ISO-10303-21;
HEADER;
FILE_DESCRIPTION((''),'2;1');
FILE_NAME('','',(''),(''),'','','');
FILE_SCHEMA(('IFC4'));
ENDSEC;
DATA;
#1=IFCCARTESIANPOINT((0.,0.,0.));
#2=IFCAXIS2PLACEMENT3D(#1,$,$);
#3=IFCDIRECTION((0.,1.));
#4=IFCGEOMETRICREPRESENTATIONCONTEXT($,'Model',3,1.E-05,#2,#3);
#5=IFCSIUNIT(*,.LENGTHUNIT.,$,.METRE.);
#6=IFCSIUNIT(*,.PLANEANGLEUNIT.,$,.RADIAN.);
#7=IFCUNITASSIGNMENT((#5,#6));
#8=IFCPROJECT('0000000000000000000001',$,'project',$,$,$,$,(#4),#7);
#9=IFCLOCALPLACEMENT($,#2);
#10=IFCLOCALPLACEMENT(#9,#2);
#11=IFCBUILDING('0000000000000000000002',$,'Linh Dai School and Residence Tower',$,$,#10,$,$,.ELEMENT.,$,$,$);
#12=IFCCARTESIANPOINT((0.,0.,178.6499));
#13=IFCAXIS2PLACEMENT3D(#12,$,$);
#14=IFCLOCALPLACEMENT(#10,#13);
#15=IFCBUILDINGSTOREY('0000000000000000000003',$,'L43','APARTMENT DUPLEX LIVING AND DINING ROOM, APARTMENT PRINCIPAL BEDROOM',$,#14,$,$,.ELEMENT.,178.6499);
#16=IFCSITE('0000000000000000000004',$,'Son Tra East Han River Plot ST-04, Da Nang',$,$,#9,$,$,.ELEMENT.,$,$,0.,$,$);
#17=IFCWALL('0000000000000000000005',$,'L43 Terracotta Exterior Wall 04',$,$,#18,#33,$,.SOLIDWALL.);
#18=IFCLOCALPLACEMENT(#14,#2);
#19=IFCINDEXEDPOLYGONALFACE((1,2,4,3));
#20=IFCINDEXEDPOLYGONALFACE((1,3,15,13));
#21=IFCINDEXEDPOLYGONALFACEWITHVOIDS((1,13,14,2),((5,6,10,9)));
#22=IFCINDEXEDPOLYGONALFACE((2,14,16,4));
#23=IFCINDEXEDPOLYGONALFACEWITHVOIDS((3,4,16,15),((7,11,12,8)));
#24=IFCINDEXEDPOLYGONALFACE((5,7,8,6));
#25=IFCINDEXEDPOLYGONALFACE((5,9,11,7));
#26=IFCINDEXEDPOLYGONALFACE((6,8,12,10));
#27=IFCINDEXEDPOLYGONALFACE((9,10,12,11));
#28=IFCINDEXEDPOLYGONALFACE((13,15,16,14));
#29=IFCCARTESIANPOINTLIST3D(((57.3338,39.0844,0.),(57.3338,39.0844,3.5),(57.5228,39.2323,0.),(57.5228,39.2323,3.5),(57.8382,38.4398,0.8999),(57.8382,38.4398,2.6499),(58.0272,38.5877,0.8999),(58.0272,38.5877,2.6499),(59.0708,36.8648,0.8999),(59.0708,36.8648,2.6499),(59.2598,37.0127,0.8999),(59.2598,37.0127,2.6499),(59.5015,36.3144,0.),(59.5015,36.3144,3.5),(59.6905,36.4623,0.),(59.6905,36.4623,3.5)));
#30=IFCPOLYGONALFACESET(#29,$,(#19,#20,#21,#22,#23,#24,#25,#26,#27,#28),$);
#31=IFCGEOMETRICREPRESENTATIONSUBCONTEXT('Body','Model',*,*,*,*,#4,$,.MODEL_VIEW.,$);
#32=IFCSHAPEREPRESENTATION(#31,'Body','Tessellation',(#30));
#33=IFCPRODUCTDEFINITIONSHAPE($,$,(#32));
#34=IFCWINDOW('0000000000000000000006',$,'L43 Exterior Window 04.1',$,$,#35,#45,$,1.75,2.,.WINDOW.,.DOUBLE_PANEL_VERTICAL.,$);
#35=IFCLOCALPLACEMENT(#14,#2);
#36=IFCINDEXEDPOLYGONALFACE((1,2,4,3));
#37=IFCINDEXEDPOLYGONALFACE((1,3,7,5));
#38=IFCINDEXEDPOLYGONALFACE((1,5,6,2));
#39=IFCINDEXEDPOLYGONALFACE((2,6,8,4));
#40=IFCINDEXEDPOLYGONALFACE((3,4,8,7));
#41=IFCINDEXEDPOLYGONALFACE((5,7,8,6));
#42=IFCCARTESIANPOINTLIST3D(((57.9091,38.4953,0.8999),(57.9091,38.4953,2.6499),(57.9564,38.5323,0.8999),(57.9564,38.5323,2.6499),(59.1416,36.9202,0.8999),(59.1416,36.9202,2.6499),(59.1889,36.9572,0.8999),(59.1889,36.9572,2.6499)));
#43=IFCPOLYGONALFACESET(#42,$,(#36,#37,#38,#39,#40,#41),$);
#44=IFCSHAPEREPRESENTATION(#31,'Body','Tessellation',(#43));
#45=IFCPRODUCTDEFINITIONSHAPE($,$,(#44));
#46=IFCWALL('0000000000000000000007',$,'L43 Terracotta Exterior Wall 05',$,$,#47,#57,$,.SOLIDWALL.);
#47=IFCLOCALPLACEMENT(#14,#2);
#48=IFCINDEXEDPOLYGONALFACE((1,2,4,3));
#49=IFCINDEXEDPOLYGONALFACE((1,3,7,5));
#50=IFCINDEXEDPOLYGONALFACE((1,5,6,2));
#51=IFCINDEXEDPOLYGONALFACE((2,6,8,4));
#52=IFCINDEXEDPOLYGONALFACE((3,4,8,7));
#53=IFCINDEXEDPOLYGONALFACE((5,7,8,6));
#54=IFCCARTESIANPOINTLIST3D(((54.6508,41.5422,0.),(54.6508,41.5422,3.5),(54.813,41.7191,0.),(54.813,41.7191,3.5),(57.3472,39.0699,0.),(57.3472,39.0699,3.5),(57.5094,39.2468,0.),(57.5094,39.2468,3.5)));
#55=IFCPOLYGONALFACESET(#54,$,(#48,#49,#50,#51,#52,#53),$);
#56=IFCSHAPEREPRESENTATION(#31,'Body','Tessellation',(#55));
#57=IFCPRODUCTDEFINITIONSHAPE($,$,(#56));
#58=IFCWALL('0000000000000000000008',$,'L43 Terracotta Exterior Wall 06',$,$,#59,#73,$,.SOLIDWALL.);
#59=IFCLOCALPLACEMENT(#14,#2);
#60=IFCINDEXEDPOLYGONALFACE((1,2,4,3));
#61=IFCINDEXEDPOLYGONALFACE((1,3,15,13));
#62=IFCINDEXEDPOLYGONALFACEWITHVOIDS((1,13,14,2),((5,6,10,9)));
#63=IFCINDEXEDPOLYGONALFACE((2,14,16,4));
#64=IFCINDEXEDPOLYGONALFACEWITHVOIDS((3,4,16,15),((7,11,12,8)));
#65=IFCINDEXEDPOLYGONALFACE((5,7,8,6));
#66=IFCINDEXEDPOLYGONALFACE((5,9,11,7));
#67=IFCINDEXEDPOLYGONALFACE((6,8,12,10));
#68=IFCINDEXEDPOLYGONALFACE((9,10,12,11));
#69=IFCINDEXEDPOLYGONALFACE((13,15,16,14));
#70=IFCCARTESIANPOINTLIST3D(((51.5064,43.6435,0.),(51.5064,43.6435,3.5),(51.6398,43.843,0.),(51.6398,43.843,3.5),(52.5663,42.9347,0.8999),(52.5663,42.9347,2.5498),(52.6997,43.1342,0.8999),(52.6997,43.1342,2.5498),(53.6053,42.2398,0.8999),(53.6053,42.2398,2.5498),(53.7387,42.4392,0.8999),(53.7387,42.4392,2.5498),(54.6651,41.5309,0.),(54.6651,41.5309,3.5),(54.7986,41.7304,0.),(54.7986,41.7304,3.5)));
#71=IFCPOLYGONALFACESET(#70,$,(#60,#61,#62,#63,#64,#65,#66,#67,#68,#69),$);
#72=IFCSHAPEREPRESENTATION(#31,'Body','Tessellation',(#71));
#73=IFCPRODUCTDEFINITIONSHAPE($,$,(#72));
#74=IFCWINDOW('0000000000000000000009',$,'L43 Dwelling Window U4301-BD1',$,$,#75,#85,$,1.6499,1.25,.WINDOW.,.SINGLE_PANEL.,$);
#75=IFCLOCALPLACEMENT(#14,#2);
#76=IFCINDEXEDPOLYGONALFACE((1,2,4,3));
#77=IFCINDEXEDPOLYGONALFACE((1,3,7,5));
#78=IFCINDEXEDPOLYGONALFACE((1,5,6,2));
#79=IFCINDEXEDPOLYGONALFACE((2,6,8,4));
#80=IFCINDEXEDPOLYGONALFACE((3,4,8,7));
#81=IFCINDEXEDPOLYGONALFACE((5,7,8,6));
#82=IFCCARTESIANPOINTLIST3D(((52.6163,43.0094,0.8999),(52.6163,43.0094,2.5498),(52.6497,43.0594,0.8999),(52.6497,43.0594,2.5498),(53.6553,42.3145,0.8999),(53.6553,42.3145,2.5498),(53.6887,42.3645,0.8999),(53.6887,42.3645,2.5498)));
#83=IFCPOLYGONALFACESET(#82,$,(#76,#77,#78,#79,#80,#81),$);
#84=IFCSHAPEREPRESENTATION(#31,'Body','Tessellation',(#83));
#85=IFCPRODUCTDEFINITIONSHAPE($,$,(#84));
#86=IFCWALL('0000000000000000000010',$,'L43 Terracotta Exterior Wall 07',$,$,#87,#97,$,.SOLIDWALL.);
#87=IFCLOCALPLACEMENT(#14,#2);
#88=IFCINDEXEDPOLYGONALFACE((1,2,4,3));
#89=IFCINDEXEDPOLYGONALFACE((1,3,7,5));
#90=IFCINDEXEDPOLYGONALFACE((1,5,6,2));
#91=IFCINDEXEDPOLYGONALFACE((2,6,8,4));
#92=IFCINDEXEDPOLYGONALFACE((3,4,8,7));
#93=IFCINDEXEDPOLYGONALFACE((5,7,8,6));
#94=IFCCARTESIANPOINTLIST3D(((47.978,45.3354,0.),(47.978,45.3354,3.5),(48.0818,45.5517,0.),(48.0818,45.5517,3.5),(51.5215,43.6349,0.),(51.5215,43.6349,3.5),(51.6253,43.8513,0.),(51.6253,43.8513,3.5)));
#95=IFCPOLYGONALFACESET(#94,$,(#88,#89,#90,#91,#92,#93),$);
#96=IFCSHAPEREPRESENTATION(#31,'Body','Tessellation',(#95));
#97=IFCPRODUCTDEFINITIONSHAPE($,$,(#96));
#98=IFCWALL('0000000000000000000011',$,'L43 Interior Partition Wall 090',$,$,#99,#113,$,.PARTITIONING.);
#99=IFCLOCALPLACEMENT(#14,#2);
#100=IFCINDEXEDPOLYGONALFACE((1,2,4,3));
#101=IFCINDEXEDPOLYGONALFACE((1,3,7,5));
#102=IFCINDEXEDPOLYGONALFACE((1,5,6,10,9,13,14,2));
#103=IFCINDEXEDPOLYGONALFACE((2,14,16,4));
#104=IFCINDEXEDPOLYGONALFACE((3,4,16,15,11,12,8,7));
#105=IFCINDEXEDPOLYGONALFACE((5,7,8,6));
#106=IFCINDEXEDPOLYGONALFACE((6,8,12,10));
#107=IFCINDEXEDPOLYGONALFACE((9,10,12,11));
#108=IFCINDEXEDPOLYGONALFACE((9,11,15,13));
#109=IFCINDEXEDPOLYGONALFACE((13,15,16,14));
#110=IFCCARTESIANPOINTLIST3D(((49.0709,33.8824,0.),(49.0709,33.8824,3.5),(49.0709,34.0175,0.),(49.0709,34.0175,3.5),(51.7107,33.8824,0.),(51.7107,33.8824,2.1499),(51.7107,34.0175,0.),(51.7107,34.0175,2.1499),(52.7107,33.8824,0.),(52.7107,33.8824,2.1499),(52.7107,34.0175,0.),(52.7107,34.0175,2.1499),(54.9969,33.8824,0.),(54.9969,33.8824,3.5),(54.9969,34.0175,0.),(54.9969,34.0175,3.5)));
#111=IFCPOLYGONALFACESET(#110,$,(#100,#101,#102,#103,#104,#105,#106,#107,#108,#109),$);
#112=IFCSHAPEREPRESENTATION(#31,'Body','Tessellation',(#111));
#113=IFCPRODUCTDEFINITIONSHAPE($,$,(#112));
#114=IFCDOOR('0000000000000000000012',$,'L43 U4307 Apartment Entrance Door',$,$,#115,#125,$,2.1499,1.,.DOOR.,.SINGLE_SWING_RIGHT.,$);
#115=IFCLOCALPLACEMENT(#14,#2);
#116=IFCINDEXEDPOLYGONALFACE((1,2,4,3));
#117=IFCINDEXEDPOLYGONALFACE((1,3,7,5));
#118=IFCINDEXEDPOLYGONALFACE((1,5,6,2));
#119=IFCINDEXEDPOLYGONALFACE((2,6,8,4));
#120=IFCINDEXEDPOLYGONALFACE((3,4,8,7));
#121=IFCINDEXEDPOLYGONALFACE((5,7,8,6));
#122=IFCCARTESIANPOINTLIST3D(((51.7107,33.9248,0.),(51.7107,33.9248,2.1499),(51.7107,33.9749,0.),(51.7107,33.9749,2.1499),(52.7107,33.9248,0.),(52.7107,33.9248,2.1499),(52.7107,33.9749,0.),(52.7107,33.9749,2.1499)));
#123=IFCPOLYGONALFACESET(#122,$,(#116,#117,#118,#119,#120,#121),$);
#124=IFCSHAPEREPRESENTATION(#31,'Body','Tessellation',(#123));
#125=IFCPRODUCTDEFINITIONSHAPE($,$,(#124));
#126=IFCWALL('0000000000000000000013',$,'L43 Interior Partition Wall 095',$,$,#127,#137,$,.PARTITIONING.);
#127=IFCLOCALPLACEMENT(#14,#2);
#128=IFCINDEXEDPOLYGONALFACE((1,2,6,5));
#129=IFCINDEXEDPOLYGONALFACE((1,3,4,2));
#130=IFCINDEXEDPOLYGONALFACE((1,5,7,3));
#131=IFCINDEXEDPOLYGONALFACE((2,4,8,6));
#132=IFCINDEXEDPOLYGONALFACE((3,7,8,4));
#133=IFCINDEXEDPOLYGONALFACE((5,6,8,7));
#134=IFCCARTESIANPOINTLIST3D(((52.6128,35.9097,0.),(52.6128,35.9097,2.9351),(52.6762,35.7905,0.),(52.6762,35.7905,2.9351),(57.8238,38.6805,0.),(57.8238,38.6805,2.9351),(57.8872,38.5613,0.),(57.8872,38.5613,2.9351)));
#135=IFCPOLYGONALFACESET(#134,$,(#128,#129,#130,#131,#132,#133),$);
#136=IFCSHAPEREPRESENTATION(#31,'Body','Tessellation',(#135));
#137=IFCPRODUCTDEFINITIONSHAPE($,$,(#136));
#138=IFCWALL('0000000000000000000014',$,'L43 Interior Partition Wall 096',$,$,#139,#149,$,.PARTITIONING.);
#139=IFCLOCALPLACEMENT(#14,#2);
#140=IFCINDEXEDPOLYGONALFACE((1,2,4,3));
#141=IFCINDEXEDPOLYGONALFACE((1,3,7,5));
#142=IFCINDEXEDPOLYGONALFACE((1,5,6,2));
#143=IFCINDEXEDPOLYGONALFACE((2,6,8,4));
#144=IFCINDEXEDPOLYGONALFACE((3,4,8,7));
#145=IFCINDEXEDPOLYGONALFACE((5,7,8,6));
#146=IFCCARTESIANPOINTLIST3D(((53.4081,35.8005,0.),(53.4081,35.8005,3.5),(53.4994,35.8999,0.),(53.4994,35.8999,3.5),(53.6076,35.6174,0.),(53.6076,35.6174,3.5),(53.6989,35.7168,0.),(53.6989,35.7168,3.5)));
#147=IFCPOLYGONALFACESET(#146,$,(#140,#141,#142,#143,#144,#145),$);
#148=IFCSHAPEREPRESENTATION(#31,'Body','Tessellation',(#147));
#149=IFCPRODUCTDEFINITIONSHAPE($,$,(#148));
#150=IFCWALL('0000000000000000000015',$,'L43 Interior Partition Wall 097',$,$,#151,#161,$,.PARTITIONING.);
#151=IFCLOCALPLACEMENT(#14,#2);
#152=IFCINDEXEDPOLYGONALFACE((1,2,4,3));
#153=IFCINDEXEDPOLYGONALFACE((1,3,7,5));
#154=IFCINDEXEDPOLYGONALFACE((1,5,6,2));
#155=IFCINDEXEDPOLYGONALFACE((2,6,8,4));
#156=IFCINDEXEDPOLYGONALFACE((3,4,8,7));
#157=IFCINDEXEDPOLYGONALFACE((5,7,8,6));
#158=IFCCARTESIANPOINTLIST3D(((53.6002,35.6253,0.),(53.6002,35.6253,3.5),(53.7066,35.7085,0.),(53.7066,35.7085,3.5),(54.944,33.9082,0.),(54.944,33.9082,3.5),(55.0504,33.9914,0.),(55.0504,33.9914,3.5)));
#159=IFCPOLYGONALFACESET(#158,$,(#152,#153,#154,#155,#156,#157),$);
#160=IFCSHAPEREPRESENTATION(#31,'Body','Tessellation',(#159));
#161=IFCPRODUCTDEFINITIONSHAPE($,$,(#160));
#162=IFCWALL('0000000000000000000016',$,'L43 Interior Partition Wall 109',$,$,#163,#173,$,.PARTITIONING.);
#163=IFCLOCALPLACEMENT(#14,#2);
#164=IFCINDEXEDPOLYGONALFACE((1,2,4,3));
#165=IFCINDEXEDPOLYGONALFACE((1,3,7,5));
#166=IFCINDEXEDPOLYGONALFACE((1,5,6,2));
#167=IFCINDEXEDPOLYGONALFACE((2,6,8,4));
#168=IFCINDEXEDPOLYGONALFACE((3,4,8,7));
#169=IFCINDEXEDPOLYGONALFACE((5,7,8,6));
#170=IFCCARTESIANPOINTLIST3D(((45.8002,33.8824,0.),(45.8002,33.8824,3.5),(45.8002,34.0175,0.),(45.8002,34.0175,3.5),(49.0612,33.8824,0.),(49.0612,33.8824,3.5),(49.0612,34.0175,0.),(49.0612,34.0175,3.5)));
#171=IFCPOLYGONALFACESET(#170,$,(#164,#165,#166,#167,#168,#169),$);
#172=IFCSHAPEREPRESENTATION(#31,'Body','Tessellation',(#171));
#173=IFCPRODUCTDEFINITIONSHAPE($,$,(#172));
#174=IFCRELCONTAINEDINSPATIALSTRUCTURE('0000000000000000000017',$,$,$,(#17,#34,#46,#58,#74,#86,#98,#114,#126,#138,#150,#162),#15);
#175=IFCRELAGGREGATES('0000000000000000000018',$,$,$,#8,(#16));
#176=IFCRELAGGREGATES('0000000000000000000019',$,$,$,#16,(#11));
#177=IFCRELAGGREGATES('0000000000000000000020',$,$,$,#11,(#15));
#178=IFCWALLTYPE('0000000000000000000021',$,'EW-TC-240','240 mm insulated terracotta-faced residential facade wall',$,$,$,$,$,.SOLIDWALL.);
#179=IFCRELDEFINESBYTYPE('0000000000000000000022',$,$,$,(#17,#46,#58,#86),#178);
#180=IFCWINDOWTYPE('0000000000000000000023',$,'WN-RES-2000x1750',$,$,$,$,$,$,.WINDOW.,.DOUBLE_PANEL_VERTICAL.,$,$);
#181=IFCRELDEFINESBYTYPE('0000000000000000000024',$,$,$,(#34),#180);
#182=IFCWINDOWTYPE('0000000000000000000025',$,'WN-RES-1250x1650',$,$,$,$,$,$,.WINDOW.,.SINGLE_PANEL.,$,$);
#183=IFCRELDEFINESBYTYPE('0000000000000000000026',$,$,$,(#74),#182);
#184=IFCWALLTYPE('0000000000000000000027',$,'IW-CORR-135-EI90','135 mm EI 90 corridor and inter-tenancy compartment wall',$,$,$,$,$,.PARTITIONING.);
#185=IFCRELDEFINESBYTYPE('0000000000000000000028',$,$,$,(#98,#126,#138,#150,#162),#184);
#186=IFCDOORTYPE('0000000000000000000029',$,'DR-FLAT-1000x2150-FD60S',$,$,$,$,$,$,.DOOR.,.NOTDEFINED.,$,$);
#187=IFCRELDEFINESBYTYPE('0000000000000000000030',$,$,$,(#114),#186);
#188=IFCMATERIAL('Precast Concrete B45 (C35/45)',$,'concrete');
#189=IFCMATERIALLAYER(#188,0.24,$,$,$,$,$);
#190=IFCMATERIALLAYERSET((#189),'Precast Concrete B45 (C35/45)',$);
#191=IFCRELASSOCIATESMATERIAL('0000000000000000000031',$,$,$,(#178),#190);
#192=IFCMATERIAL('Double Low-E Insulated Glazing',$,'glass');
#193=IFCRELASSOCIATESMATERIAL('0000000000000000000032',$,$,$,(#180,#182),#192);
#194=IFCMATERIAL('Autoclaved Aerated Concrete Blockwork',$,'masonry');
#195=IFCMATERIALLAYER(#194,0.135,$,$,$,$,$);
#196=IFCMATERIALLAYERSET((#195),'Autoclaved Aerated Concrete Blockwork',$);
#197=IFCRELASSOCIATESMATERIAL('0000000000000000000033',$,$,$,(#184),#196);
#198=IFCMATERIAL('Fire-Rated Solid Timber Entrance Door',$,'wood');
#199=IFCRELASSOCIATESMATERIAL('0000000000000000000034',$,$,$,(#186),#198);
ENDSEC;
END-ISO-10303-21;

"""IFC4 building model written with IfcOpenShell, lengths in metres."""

from ifc_helpers import new_model, si_unit, direction, frame, frame_2d, origin, origin_2d, place, context, subcontext, project, spatial, rectangle, extrude, source, transform, mapped, material, layer, layer_set, type_object, element, fill, save


model = new_model("IFC4")

# Units and contexts
model_context = context("Model", 3, precision=1e-05, world=origin(), true_north=direction((0.0, 1.0)))
body_context = subcontext(model_context, "Body", "Model", "MODEL_VIEW")
ifc_project = project(units=[si_unit("LENGTHUNIT", "METRE"), si_unit("PLANEANGLEUNIT", "RADIAN")], contexts=[model_context])

# Site, building, storey
site_placement = place(None, origin())
site = spatial("IfcSite", under=ifc_project, at=site_placement, Name="Son Tra East Han River Plot ST-04, Da Nang", CompositionType="ELEMENT", RefElevation=0.0)
building_placement = place(site_placement, origin())
building = spatial("IfcBuilding", under=site, at=building_placement, Name="Linh Dai School and Residence Tower", CompositionType="ELEMENT")
storey_placement = place(building_placement, frame((0.0, 0.0, 178.6499)))
storey = spatial("IfcBuildingStorey", under=building, at=storey_placement, Name="L43", Description="APARTMENT DUPLEX LIVING AND DINING ROOM, APARTMENT PRINCIPAL BEDROOM", CompositionType="ELEMENT", Elevation=178.6499)

# Shared definitions
ifc_material_1 = material(Name="Precast Concrete B45 (C35/45)", Category="concrete")

# Shared definitions
ifc_layer_1 = layer(ifc_material_1, 0.24)
ifc_layer_set_1 = layer_set([ifc_layer_1], Name="Precast Concrete B45 (C35/45)")
wall_type_1 = type_object("IfcWallType", Name="EW-TC-240", Description="240 mm insulated terracotta-faced residential facade wall", PredefinedType="SOLIDWALL", material=ifc_layer_set_1)

# Wall, opening, window
wall_1_placement = place(storey_placement, frame((57.4282, 39.1584, 0.0), z_axis=(0.0, 0.0, 1.0), x_axis=(0.616288, -0.787521, 0.0)))
wall_1 = element("IfcWall", 1, at=wall_1_placement, inside=storey, type_object=wall_type_1, Name="L43 Terracotta Exterior Wall 04", PredefinedType="SOLIDWALL", context=body_context, shape_type="SweptSolid", body=[
    extrude(rectangle(XDim=3.5173, YDim=0.24, at=frame_2d((1.7588, 0.0))), origin(), (0.0, 0.0, 1.0), 3.5),
])
opening_1_placement = place(wall_1_placement, frame((0.8186, 0.0, 0.8999)))
opening_1 = element("IfcOpeningElement", 2, at=opening_1_placement, cuts=wall_1, PredefinedType="OPENING", context=body_context, shape_type="SweptSolid", body=[
    extrude(rectangle(XDim=2.0, YDim=1.75, at=origin_2d()), frame((1.0, 0.1299, 0.875), z_axis=(0.0, -1.0, 0.0), x_axis=(1.0, 0.0, 0.0)), (0.0, 0.0, 1.0), 0.26),
])
ifc_material_2 = material(Name="Double Low-E Insulated Glazing", Category="glass")
window_type_1 = type_object("IfcWindowType", Name="WN-RES-2000x1750", PartitioningType="DOUBLE_PANEL_VERTICAL", PredefinedType="WINDOW", material=ifc_material_2)
shared_shape_1 = source(origin(), body_context, "Body", "SweptSolid", [
    extrude(rectangle(XDim=2.0, YDim=1.75, at=origin_2d()), frame((1.0, 0.03, 0.875), z_axis=(0.0, -1.0, 0.0), x_axis=(1.0, 0.0, 0.0)), (0.0, 0.0, 1.0), 0.0601),
])
window_1_placement = place(opening_1_placement, origin())
window_1 = element("IfcWindow", 3, at=window_1_placement, inside=storey, type_object=window_type_1, Name="L43 Exterior Window 04.1", OverallHeight=1.75, OverallWidth=2.0, PartitioningType="DOUBLE_PANEL_VERTICAL", PredefinedType="WINDOW", context=body_context, shape_type="MappedRepresentation", body=[
    mapped(shared_shape_1, transform((0.0, 0.0, 0.0), x_axis=(1.0, 0.0, 0.0), y_axis=(0.0, 1.0, 0.0), z_axis=(0.0, 0.0, 1.0), scale=1.0)),
])
fill(opening_1, window_1)

# Wall
wall_2_placement = place(storey_placement, frame((54.7319, 41.6306, 0.0), z_axis=(0.0, 0.0, 1.0), x_axis=(0.737077, -0.675809, 0.0)))
element("IfcWall", 4, at=wall_2_placement, inside=storey, type_object=wall_type_1, Name="L43 Terracotta Exterior Wall 05", PredefinedType="SOLIDWALL", context=body_context, shape_type="SweptSolid", body=[
    extrude(rectangle(XDim=3.6582, YDim=0.24, at=frame_2d((1.8291, 0.0))), origin(), (0.0, 0.0, 1.0), 3.5),
])

# Wall, opening, window
wall_3_placement = place(storey_placement, frame((51.5732, 43.7432, 0.0), z_axis=(0.0, 0.0, 1.0), x_axis=(0.831229, -0.55593, 0.0)))
wall_3 = element("IfcWall", 5, at=wall_3_placement, inside=storey, type_object=wall_type_1, Name="L43 Terracotta Exterior Wall 06", PredefinedType="SOLIDWALL", context=body_context, shape_type="SweptSolid", body=[
    extrude(rectangle(XDim=3.8, YDim=0.24, at=frame_2d((1.8999, 0.0))), origin(), (0.0, 0.0, 1.0), 3.5),
])
opening_2_placement = place(wall_3_placement, frame((1.2749, 0.0, 0.8999)))
opening_2 = element("IfcOpeningElement", 6, at=opening_2_placement, cuts=wall_3, PredefinedType="OPENING", context=body_context, shape_type="SweptSolid", body=[
    extrude(rectangle(XDim=1.25, YDim=1.6499, at=origin_2d()), frame((0.625, 0.1299, 0.825), z_axis=(0.0, -1.0, 0.0), x_axis=(1.0, 0.0, 0.0)), (0.0, 0.0, 1.0), 0.26),
])
window_type_2 = type_object("IfcWindowType", Name="WN-RES-1250x1650", PartitioningType="SINGLE_PANEL", PredefinedType="WINDOW", material=ifc_material_2)
shared_shape_2 = source(origin(), body_context, "Body", "SweptSolid", [
    extrude(rectangle(XDim=1.25, YDim=1.6499, at=origin_2d()), frame((0.625, 0.03, 0.825), z_axis=(0.0, -1.0, 0.0), x_axis=(1.0, 0.0, 0.0)), (0.0, 0.0, 1.0), 0.0601),
])
window_2_placement = place(opening_2_placement, origin())
window_2 = element("IfcWindow", 7, at=window_2_placement, inside=storey, type_object=window_type_2, Name="L43 Dwelling Window U4301-BD1", OverallHeight=1.6499, OverallWidth=1.25, PartitioningType="SINGLE_PANEL", PredefinedType="WINDOW", context=body_context, shape_type="MappedRepresentation", body=[
    mapped(shared_shape_2, transform((0.0, 0.0, 0.0), x_axis=(1.0, 0.0, 0.0), y_axis=(0.0, 1.0, 0.0), z_axis=(0.0, 0.0, 1.0), scale=1.0)),
])
fill(opening_2, window_2)

# Wall
wall_4_placement = place(storey_placement, frame((48.0298, 45.4436, 0.0), z_axis=(0.0, 0.0, 1.0), x_axis=(0.901565, -0.432644, 0.0)))
element("IfcWall", 8, at=wall_4_placement, inside=storey, type_object=wall_type_1, Name="L43 Terracotta Exterior Wall 07", PredefinedType="SOLIDWALL", context=body_context, shape_type="SweptSolid", body=[
    extrude(rectangle(XDim=3.9304, YDim=0.24, at=frame_2d((1.9653, 0.0))), origin(), (0.0, 0.0, 1.0), 3.5),
])

# Wall, opening, door
ifc_material_3 = material(Name="Autoclaved Aerated Concrete Blockwork", Category="masonry")
ifc_layer_2 = layer(ifc_material_3, 0.135)
ifc_layer_set_2 = layer_set([ifc_layer_2], Name="Autoclaved Aerated Concrete Blockwork")
wall_type_2 = type_object("IfcWallType", Name="IW-CORR-135-EI90", Description="135 mm EI 90 corridor and inter-tenancy compartment wall", PredefinedType="PARTITIONING", material=ifc_layer_set_2)
wall_5_placement = place(storey_placement, frame((49.071, 33.95, 0.0), z_axis=(0.0, 0.0, 1.0), x_axis=(1.0, 0.0, 0.0)))
wall_5 = element("IfcWall", 9, at=wall_5_placement, inside=storey, type_object=wall_type_2, Name="L43 Interior Partition Wall 090", PredefinedType="PARTITIONING", context=body_context, shape_type="SweptSolid", body=[
    extrude(rectangle(XDim=5.926, YDim=0.135, at=frame_2d((2.9629, 0.0))), origin(), (0.0, 0.0, 1.0), 3.5),
])
opening_3_placement = place(wall_5_placement, frame((2.6396, 0.0, 0.0)))
opening_3 = element("IfcOpeningElement", 10, at=opening_3_placement, cuts=wall_5, PredefinedType="OPENING", context=body_context, shape_type="SweptSolid", body=[
    extrude(rectangle(XDim=1.0, YDim=2.1499, at=origin_2d()), frame((0.5, 0.0776, 1.075), z_axis=(0.0, -1.0, 0.0), x_axis=(1.0, 0.0, 0.0)), (0.0, 0.0, 1.0), 0.155),
])
ifc_material_4 = material(Name="Fire-Rated Solid Timber Entrance Door", Category="wood")
door_type_1 = type_object("IfcDoorType", Name="DR-FLAT-1000x2150-FD60S", OperationType="NOTDEFINED", PredefinedType="DOOR", material=ifc_material_4)
shared_shape_3 = source(origin(), body_context, "Body", "SweptSolid", [
    extrude(rectangle(XDim=1.0, YDim=2.1499, at=origin_2d()), frame((0.5, 0.0249, 1.075), z_axis=(0.0, -1.0, 0.0), x_axis=(1.0, 0.0, 0.0)), (0.0, 0.0, 1.0), 0.05),
])
door_1_placement = place(opening_3_placement, origin())
door_1 = element("IfcDoor", 11, at=door_1_placement, inside=storey, type_object=door_type_1, Name="L43 U4307 Apartment Entrance Door", OperationType="SINGLE_SWING_RIGHT", OverallHeight=2.1499, OverallWidth=1.0, PredefinedType="DOOR", context=body_context, shape_type="MappedRepresentation", body=[
    mapped(shared_shape_3, transform((0.0, 0.0, 0.0), x_axis=(1.0, 0.0, 0.0), y_axis=(0.0, 1.0, 0.0), z_axis=(0.0, 0.0, 1.0), scale=1.0)),
])
fill(opening_3, door_1)

# Walls
wall_6_placement = place(storey_placement, frame((52.6445, 35.8501, 0.0), z_axis=(0.0, 0.0, 1.0), x_axis=(0.882944, 0.469478, 0.0)))
element("IfcWall", 12, at=wall_6_placement, inside=storey, type_object=wall_type_2, Name="L43 Interior Partition Wall 095", PredefinedType="PARTITIONING", context=body_context, shape_type="SweptSolid", body=[
    extrude(rectangle(XDim=5.9019, YDim=0.135, at=frame_2d((2.9509, 0.0))), origin(), (0.0, 0.0, 1.0), 2.9351),
])
wall_7_placement = place(storey_placement, frame((53.4539, 35.8501, 0.0), z_axis=(0.0, 0.0, 1.0), x_axis=(0.736667, -0.676255, 0.0)))
element("IfcWall", 13, at=wall_7_placement, inside=storey, type_object=wall_type_2, Name="L43 Interior Partition Wall 096", PredefinedType="PARTITIONING", context=body_context, shape_type="SweptSolid", body=[
    extrude(rectangle(XDim=0.2708, YDim=0.135, at=frame_2d((0.1353, 0.0))), origin(), (0.0, 0.0, 1.0), 3.5),
])
wall_8_placement = place(storey_placement, frame((53.6533, 35.667, 0.0), z_axis=(0.0, 0.0, 1.0), x_axis=(0.616302, -0.78751, 0.0)))
element("IfcWall", 14, at=wall_8_placement, inside=storey, type_object=wall_type_2, Name="L43 Interior Partition Wall 097", PredefinedType="PARTITIONING", context=body_context, shape_type="SweptSolid", body=[
    extrude(rectangle(XDim=2.1804, YDim=0.135, at=frame_2d((1.0903, 0.0))), origin(), (0.0, 0.0, 1.0), 3.5),
])
wall_9_placement = place(storey_placement, frame((49.061, 33.95, 0.0), z_axis=(0.0, 0.0, 1.0), x_axis=(-1.0, 0.0, 0.0)))
element("IfcWall", 15, at=wall_9_placement, inside=storey, type_object=wall_type_2, Name="L43 Interior Partition Wall 109", PredefinedType="PARTITIONING", context=body_context, shape_type="SweptSolid", body=[
    extrude(rectangle(XDim=3.261, YDim=0.135, at=frame_2d((1.6304, 0.0))), origin(), (0.0, 0.0, 1.0), 3.5),
])

save(model, "model.ifc")
